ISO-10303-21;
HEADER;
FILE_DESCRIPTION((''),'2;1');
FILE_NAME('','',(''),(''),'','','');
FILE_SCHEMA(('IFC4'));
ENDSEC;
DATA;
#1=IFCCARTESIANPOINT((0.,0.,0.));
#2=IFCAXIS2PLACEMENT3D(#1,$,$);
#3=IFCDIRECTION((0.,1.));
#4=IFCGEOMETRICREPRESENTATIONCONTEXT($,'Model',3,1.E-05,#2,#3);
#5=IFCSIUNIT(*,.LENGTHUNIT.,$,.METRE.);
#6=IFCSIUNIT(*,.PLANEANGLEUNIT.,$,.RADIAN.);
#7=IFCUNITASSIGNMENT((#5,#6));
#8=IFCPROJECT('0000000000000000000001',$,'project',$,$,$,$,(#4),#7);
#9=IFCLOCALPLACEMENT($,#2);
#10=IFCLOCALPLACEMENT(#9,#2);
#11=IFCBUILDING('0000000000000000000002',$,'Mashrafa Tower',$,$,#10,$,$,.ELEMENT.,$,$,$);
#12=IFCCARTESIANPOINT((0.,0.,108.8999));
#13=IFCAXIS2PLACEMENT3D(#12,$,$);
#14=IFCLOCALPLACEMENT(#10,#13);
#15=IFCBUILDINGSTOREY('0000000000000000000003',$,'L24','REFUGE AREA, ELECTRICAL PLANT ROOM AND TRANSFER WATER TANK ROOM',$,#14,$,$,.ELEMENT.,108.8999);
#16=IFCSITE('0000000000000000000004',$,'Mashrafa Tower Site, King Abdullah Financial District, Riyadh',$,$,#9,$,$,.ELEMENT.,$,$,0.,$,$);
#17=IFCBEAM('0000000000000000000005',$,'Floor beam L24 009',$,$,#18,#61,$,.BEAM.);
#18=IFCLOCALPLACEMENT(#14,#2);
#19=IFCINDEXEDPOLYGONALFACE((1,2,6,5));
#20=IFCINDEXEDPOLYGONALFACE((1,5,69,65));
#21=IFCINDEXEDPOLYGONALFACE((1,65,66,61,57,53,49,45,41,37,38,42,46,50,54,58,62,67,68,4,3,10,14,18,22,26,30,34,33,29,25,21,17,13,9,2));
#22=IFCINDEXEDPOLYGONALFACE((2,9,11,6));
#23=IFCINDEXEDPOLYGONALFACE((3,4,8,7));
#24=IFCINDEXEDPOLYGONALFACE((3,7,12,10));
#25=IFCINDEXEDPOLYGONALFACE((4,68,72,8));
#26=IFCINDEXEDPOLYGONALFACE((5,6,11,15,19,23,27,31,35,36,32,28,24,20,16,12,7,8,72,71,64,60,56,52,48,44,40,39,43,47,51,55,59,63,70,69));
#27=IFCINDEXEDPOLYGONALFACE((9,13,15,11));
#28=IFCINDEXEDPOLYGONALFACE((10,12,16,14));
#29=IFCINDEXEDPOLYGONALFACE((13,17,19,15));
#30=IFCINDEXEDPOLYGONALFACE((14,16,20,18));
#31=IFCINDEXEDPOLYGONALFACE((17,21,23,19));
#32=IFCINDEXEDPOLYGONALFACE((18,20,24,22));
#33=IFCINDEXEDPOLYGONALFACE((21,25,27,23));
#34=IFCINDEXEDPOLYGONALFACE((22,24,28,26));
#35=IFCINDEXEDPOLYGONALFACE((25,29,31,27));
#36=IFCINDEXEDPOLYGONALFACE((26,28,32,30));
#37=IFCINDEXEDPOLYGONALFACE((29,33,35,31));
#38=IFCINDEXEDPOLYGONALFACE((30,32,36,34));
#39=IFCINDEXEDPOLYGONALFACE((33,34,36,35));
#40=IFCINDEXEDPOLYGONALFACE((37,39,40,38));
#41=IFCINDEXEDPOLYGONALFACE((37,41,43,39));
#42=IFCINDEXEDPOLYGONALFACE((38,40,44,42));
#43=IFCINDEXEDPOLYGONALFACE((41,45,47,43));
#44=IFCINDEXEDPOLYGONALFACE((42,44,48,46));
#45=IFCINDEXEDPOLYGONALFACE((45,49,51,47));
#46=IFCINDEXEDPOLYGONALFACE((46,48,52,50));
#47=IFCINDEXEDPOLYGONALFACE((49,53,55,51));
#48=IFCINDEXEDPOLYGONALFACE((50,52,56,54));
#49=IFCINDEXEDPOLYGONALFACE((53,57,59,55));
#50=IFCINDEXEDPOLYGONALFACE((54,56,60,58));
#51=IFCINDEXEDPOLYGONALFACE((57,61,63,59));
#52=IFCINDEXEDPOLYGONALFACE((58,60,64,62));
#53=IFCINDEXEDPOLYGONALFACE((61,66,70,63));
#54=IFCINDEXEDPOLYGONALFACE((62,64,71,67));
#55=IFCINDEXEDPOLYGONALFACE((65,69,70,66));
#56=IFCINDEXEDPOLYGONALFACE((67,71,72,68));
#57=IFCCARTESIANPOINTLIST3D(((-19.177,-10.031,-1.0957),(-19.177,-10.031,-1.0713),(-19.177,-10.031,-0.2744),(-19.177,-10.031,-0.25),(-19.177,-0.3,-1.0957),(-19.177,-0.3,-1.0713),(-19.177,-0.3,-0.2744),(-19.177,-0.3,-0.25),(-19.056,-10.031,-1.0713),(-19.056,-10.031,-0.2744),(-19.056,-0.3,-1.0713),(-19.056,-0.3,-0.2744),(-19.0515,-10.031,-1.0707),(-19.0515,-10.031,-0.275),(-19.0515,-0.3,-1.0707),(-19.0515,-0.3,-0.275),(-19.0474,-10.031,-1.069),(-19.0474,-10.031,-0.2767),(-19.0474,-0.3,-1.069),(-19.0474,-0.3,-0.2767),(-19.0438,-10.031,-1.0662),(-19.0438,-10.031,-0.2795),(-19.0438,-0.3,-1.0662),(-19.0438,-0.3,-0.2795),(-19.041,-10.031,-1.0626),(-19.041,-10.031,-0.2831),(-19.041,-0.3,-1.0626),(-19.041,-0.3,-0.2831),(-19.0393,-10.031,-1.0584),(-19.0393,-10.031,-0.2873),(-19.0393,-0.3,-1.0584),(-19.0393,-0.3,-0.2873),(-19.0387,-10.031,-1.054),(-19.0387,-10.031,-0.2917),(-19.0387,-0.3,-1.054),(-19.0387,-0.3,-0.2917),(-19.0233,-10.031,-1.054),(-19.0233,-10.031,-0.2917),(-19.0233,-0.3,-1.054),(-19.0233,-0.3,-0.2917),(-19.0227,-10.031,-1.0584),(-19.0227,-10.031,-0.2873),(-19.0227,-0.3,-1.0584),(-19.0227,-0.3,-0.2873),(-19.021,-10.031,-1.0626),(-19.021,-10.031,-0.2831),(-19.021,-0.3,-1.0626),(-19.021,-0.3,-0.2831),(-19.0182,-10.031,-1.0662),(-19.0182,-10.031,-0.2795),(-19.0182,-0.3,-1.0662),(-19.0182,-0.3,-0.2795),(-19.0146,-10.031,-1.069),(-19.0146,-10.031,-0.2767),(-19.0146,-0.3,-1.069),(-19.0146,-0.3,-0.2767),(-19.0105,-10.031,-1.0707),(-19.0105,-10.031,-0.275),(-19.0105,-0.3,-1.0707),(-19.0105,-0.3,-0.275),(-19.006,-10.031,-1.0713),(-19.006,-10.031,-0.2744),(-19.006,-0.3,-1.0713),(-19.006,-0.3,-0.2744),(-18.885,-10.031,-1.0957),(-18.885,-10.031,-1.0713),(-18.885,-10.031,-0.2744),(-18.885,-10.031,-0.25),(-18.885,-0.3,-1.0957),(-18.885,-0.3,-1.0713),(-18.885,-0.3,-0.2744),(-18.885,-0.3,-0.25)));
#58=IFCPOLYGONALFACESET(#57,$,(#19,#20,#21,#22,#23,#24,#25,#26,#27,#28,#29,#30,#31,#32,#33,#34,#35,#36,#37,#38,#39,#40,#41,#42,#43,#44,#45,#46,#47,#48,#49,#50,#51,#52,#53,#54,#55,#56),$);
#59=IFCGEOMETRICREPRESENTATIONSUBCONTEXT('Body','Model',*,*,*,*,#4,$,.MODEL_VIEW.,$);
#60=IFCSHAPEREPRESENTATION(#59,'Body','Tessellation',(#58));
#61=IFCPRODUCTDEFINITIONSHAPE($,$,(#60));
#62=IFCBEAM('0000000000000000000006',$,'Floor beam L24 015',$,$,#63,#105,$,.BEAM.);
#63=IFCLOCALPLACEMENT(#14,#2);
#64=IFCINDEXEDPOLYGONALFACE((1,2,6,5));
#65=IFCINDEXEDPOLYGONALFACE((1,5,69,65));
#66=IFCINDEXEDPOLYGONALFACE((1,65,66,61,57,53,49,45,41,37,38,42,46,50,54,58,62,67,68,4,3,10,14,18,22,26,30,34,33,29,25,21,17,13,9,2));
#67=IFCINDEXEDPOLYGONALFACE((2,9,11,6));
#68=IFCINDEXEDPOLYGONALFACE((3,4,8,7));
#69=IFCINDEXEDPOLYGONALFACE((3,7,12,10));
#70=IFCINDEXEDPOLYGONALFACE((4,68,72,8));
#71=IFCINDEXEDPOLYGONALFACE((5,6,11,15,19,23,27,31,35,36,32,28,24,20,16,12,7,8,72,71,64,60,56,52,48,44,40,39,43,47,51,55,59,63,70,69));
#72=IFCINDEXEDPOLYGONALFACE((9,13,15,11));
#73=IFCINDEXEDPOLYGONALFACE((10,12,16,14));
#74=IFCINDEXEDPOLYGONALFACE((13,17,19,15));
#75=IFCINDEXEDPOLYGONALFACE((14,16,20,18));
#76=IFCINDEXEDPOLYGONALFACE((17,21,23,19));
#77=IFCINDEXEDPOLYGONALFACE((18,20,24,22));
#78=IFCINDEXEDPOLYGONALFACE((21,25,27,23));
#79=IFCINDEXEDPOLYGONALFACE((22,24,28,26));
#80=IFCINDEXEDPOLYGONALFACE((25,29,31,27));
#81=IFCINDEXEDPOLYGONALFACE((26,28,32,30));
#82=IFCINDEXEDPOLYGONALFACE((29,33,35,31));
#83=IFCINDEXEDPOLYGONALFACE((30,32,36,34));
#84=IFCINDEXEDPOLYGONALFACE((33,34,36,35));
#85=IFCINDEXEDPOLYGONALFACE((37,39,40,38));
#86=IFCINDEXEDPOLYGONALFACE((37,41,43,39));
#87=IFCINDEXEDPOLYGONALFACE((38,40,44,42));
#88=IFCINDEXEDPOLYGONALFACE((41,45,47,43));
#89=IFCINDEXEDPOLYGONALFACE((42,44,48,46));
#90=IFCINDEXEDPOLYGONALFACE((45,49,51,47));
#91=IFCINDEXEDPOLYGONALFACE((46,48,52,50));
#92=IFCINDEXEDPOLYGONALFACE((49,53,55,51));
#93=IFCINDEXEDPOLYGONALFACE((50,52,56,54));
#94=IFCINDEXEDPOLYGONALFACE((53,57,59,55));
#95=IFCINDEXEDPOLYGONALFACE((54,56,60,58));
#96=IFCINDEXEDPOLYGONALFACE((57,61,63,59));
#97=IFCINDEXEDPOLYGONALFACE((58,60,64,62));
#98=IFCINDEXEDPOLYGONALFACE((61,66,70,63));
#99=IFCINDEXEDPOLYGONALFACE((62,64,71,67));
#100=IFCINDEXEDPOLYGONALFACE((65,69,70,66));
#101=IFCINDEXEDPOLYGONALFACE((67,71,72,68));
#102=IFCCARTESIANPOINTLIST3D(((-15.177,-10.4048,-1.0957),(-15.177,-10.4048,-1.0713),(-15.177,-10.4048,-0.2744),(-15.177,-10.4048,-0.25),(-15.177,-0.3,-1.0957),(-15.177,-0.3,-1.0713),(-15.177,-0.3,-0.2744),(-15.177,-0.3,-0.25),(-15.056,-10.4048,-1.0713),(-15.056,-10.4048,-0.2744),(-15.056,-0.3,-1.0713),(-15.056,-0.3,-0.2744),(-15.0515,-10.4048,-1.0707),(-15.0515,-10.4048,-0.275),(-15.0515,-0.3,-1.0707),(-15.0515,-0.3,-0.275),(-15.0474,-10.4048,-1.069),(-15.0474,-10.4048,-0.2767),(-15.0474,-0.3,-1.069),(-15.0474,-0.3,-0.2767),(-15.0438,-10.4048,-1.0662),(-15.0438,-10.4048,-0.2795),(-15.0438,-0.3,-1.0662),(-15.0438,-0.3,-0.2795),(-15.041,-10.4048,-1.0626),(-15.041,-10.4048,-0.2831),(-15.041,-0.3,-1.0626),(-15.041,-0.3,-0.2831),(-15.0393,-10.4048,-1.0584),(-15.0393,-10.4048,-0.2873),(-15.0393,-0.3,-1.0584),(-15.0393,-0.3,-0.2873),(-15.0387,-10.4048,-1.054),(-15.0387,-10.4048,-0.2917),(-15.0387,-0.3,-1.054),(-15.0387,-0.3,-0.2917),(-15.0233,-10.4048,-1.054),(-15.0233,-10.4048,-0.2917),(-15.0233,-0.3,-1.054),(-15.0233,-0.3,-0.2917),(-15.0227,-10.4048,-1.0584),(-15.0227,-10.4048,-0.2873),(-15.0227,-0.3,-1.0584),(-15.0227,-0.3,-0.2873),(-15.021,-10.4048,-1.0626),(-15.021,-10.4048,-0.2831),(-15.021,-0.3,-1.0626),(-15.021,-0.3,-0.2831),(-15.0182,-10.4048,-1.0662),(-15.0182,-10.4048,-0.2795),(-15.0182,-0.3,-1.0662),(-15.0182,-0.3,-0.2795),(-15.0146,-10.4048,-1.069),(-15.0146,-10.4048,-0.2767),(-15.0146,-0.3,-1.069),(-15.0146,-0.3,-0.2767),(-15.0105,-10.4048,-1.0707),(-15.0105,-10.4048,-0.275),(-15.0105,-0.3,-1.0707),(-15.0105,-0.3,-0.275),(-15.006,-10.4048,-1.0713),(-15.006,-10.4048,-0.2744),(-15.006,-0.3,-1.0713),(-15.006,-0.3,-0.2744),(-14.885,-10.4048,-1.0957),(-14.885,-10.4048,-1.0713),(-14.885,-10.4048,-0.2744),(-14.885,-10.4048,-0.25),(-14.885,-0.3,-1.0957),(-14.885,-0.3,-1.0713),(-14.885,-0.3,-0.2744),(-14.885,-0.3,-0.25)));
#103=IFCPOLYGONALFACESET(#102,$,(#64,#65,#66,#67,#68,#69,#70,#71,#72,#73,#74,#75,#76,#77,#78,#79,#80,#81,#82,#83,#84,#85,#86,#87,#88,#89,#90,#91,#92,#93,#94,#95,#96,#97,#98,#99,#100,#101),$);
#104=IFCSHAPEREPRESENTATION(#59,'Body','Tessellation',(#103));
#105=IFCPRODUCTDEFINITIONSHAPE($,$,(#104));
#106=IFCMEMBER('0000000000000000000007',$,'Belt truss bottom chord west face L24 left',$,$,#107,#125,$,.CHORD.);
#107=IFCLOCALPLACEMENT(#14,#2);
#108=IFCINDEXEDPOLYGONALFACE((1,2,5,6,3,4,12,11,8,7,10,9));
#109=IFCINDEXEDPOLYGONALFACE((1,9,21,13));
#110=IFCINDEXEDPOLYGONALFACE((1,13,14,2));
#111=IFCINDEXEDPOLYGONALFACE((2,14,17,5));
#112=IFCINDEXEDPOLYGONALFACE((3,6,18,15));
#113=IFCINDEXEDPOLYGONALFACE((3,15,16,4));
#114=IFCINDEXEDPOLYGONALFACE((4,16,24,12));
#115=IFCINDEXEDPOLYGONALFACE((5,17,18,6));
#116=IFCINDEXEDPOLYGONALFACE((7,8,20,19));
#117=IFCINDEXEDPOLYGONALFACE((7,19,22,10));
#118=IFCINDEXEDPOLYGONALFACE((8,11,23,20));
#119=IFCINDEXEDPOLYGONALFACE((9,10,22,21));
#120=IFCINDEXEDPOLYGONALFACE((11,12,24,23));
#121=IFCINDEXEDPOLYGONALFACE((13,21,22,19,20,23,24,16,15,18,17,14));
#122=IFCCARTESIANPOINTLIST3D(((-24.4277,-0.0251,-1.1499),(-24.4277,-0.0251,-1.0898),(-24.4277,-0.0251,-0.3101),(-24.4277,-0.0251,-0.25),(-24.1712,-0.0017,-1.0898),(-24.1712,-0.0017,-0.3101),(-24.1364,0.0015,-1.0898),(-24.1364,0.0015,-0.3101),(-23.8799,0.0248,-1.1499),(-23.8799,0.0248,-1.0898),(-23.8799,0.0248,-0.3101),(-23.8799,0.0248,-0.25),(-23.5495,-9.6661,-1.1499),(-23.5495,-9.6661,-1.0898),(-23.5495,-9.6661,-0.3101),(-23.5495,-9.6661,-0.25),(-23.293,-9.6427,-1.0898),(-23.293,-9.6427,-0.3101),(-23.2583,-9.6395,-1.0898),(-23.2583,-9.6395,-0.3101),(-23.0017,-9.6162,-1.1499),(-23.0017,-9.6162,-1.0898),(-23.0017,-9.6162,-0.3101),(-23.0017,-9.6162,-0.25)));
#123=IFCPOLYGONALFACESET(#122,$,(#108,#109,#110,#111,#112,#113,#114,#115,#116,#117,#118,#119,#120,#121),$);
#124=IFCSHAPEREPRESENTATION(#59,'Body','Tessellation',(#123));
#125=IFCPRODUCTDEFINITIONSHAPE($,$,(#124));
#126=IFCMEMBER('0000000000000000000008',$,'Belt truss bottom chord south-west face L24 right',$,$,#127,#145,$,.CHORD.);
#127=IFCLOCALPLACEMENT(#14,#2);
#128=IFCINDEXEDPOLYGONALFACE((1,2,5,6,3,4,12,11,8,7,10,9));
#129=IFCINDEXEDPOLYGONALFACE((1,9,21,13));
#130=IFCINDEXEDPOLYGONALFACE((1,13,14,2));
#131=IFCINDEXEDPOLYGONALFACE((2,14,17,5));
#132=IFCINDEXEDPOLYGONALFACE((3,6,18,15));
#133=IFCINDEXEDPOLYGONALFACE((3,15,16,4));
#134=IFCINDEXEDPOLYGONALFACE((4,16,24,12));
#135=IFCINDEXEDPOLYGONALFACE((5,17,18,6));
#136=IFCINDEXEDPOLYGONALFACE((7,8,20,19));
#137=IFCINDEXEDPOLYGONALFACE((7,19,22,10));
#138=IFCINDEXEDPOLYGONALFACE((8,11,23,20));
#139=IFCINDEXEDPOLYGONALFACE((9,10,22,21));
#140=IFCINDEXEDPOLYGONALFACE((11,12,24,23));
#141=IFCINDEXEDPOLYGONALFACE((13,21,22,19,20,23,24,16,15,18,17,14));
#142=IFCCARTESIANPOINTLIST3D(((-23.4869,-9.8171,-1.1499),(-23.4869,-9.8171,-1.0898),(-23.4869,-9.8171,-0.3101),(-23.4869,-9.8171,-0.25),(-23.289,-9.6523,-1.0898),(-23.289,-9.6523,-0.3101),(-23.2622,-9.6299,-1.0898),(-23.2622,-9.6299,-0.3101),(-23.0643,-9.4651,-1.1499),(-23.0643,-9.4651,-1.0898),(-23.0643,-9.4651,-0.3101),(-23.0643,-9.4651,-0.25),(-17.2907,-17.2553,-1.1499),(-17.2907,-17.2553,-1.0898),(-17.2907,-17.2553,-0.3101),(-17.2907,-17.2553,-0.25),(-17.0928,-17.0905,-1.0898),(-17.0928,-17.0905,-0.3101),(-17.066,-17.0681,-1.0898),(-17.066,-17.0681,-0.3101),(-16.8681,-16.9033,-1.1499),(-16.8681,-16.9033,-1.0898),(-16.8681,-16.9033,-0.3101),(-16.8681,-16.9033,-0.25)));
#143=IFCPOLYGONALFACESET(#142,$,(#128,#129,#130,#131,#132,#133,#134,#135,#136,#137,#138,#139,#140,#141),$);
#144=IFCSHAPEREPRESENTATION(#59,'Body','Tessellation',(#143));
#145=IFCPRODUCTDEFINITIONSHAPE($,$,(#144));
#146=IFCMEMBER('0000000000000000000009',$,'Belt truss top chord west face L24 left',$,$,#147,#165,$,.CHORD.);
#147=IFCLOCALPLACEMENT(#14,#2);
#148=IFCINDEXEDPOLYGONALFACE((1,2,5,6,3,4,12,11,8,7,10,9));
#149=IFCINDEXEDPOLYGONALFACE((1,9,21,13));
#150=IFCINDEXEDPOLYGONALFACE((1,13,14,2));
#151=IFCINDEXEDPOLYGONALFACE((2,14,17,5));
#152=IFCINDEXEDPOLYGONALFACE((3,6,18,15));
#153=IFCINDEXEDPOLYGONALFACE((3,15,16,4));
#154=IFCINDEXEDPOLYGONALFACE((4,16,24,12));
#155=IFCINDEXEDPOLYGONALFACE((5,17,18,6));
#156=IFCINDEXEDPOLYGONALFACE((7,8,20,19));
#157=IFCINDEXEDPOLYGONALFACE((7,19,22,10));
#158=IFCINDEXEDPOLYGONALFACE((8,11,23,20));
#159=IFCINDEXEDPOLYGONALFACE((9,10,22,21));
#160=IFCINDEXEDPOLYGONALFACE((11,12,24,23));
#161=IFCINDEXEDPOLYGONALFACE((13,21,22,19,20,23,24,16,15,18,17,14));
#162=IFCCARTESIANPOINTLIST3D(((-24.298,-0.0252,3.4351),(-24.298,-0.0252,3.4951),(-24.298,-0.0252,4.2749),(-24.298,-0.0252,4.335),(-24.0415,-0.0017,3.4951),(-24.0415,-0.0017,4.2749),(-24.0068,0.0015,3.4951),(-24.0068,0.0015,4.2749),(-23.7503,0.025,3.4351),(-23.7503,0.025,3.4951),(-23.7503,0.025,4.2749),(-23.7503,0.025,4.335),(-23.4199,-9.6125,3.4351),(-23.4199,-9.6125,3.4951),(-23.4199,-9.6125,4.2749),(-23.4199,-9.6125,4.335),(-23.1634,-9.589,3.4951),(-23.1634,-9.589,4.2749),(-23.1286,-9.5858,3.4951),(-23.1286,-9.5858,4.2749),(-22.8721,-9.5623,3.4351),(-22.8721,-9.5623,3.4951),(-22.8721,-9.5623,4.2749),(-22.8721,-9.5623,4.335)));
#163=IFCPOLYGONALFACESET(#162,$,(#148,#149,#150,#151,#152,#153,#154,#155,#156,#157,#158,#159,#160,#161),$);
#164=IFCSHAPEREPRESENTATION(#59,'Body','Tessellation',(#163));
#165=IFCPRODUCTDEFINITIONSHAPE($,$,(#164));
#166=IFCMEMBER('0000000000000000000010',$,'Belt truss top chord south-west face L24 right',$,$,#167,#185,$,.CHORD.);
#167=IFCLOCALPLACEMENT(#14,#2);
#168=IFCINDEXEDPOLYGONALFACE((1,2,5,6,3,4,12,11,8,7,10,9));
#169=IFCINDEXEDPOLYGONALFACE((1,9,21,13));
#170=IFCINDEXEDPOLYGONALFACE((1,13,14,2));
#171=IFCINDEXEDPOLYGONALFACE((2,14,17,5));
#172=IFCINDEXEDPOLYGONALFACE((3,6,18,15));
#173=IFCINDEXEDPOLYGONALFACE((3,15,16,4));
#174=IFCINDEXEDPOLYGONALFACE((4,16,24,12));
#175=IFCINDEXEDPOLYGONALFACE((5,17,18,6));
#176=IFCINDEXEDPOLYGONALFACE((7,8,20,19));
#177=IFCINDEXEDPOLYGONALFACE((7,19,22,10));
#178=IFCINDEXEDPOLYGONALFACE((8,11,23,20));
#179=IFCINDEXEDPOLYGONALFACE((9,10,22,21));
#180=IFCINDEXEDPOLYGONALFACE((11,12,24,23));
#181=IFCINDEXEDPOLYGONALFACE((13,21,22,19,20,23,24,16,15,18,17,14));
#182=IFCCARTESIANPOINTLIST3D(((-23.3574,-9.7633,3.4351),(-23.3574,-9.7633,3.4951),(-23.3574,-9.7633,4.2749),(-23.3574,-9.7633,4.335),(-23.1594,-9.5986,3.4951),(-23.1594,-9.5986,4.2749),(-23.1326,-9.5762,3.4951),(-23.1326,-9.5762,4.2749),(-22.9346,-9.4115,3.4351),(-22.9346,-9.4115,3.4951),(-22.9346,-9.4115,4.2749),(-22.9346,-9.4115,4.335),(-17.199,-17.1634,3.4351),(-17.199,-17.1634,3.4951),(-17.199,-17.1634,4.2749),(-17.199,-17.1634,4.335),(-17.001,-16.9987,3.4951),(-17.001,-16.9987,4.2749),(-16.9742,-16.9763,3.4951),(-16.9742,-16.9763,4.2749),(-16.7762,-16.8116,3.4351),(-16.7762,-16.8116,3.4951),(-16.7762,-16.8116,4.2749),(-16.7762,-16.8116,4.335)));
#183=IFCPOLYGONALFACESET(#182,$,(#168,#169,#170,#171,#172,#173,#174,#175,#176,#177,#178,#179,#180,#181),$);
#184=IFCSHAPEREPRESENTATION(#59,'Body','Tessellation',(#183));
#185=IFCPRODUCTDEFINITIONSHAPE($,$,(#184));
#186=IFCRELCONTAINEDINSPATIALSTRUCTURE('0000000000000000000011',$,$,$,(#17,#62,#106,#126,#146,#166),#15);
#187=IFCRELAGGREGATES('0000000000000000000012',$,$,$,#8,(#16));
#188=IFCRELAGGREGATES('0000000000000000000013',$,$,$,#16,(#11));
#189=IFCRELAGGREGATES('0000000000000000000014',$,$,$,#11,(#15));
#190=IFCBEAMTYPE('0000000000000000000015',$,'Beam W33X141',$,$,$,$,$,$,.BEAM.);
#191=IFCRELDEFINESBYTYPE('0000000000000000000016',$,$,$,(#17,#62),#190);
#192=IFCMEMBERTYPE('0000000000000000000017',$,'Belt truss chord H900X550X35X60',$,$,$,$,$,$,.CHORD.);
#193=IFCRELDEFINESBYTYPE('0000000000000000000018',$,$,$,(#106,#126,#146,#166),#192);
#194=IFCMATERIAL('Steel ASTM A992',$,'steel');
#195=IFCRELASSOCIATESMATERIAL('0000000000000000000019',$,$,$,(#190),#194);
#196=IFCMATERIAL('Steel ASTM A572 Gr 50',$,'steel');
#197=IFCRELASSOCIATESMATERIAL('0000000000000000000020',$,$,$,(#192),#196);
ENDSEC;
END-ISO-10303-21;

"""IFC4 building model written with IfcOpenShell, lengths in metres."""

from ifc_helpers import new_model, si_unit, direction, frame, origin, origin_2d, place, context, subcontext, project, spatial, i_section, extrude, source, transform, mapped, material, material_profile, profile_set, type_object, type_shapes, element, save


model = new_model("IFC4")

# Units and contexts
model_context = context("Model", 3, precision=1e-05, world=origin(), true_north=direction((0.0, 1.0)))
body_context = subcontext(model_context, "Body", "Model", "MODEL_VIEW")
ifc_project = project(units=[si_unit("LENGTHUNIT", "METRE"), si_unit("PLANEANGLEUNIT", "RADIAN")], contexts=[model_context])

# Site, building, storey
site_placement = place(None, origin())
site = spatial("IfcSite", under=ifc_project, at=site_placement, Name="Mashrafa Tower Site, King Abdullah Financial District, Riyadh", CompositionType="ELEMENT", RefElevation=0.0)
building_placement = place(site_placement, origin())
building = spatial("IfcBuilding", under=site, at=building_placement, Name="Mashrafa Tower", CompositionType="ELEMENT")
storey_placement = place(building_placement, frame((0.0, 0.0, 108.8999)))
storey = spatial("IfcBuildingStorey", under=building, at=storey_placement, Name="L24", Description="REFUGE AREA, ELECTRICAL PLANT ROOM AND TRANSFER WATER TANK ROOM", CompositionType="ELEMENT", Elevation=108.8999)

# Beams
ifc_material_1 = material(Name="Steel ASTM A992", Category="steel")
ifc_material_profile_1 = material_profile(ifc_material_1, i_section(OverallWidth=0.292, OverallDepth=0.8457, WebThickness=0.0154, FlangeThickness=0.0244, FilletRadius=0.0173, at=origin_2d()), Name="W33X141")
ifc_profile_set_1 = profile_set([ifc_material_profile_1], Name="Steel ASTM A992")
beam_type_1 = type_object("IfcBeamType", Name="Beam W33X141", PredefinedType="BEAM", material=ifc_profile_set_1)
beam_1_placement = place(storey_placement, frame((-19.031, -10.031, -0.6729), z_axis=(0.0, 1.0, 0.0), x_axis=(-1.0, 0.0, 0.0)))
element("IfcBeam", 1, at=beam_1_placement, inside=storey, type_object=beam_type_1, Name="Floor beam L24 009", PredefinedType="BEAM", context=body_context, shape_type="SweptSolid", body=[
    extrude(i_section(OverallWidth=0.292, OverallDepth=0.8457, WebThickness=0.0154, FlangeThickness=0.0244, FilletRadius=0.0173, at=origin_2d()), origin(), (0.0, 0.0, 1.0), 9.731),
])
beam_2_placement = place(storey_placement, frame((-15.031, -10.4048, -0.6729), z_axis=(0.0, 1.0, 0.0), x_axis=(-1.0, 0.0, 0.0)))
element("IfcBeam", 2, at=beam_2_placement, inside=storey, type_object=beam_type_1, Name="Floor beam L24 015", PredefinedType="BEAM", context=body_context, shape_type="SweptSolid", body=[
    extrude(i_section(OverallWidth=0.292, OverallDepth=0.8457, WebThickness=0.0154, FlangeThickness=0.0244, FilletRadius=0.0173, at=origin_2d()), origin(), (0.0, 0.0, 1.0), 10.1047),
])

# Members
ifc_material_2 = material(Name="Steel ASTM A572 Gr 50", Category="steel")
ifc_material_profile_2 = material_profile(ifc_material_2, i_section(OverallWidth=0.55, OverallDepth=0.8999, WebThickness=0.0349, FlangeThickness=0.0601, at=origin_2d()), Name="H900X550X35X60")
ifc_profile_set_2 = profile_set([ifc_material_profile_2], Name="Steel ASTM A572 Gr 50")
member_type_1 = type_object("IfcMemberType", Name="Belt truss chord H900X550X35X60", PredefinedType="CHORD", material=ifc_profile_set_2)
shared_shape_1 = source(origin(), body_context, "Body", "SweptSolid", [
    extrude(i_section(OverallWidth=0.55, OverallDepth=0.8999, WebThickness=0.0349, FlangeThickness=0.0601, at=origin_2d()), origin(), (0.0, 0.0, 1.0), 9.6809),
])
for number, where, z_axis, x_axis, name in (
    (3, (-23.2756, -9.6411, -0.7), (-0.090711, 0.995877, 0.0), (-0.995877, -0.090711, 0.0), "Belt truss bottom chord west face L24 left"),
    (4, (-23.2756, -9.6411, -0.7), (0.640048, -0.768335, 0.0), (0.768335, 0.640048, 0.0), "Belt truss bottom chord south-west face L24 right"),
):
    element("IfcMember", number, at=place(storey_placement, frame(where, z_axis=z_axis, x_axis=x_axis)), inside=storey, type_object=member_type_1, Name=name, PredefinedType="CHORD", context=body_context, shape_type="MappedRepresentation", body=[
        mapped(shared_shape_1, transform((0.0, 0.0, 0.0))),
    ])
shared_shape_2 = source(origin(), body_context, "Body", "SweptSolid", [
    extrude(i_section(OverallWidth=0.55, OverallDepth=0.8999, WebThickness=0.0349, FlangeThickness=0.0601, at=origin_2d()), origin(), (0.0, 0.0, 1.0), 9.6274),
])
type_shapes(member_type_1, [shared_shape_1, shared_shape_2])
for number, where, z_axis, x_axis, name in (
    (5, (-23.146, -9.5874, 3.885), (-0.091215, 0.995831, 0.0), (-0.995831, -0.091215, 0.0), "Belt truss top chord west face L24 left"),
    (6, (-23.146, -9.5874, 3.885), (0.639673, -0.768647, 0.0), (0.768647, 0.639673, 0.0), "Belt truss top chord south-west face L24 right"),
):
    element("IfcMember", number, at=place(storey_placement, frame(where, z_axis=z_axis, x_axis=x_axis)), inside=storey, type_object=member_type_1, Name=name, PredefinedType="CHORD", context=body_context, shape_type="MappedRepresentation", body=[
        mapped(shared_shape_2, transform((0.0, 0.0, 0.0))),
    ])

save(model, "model.ifc")
